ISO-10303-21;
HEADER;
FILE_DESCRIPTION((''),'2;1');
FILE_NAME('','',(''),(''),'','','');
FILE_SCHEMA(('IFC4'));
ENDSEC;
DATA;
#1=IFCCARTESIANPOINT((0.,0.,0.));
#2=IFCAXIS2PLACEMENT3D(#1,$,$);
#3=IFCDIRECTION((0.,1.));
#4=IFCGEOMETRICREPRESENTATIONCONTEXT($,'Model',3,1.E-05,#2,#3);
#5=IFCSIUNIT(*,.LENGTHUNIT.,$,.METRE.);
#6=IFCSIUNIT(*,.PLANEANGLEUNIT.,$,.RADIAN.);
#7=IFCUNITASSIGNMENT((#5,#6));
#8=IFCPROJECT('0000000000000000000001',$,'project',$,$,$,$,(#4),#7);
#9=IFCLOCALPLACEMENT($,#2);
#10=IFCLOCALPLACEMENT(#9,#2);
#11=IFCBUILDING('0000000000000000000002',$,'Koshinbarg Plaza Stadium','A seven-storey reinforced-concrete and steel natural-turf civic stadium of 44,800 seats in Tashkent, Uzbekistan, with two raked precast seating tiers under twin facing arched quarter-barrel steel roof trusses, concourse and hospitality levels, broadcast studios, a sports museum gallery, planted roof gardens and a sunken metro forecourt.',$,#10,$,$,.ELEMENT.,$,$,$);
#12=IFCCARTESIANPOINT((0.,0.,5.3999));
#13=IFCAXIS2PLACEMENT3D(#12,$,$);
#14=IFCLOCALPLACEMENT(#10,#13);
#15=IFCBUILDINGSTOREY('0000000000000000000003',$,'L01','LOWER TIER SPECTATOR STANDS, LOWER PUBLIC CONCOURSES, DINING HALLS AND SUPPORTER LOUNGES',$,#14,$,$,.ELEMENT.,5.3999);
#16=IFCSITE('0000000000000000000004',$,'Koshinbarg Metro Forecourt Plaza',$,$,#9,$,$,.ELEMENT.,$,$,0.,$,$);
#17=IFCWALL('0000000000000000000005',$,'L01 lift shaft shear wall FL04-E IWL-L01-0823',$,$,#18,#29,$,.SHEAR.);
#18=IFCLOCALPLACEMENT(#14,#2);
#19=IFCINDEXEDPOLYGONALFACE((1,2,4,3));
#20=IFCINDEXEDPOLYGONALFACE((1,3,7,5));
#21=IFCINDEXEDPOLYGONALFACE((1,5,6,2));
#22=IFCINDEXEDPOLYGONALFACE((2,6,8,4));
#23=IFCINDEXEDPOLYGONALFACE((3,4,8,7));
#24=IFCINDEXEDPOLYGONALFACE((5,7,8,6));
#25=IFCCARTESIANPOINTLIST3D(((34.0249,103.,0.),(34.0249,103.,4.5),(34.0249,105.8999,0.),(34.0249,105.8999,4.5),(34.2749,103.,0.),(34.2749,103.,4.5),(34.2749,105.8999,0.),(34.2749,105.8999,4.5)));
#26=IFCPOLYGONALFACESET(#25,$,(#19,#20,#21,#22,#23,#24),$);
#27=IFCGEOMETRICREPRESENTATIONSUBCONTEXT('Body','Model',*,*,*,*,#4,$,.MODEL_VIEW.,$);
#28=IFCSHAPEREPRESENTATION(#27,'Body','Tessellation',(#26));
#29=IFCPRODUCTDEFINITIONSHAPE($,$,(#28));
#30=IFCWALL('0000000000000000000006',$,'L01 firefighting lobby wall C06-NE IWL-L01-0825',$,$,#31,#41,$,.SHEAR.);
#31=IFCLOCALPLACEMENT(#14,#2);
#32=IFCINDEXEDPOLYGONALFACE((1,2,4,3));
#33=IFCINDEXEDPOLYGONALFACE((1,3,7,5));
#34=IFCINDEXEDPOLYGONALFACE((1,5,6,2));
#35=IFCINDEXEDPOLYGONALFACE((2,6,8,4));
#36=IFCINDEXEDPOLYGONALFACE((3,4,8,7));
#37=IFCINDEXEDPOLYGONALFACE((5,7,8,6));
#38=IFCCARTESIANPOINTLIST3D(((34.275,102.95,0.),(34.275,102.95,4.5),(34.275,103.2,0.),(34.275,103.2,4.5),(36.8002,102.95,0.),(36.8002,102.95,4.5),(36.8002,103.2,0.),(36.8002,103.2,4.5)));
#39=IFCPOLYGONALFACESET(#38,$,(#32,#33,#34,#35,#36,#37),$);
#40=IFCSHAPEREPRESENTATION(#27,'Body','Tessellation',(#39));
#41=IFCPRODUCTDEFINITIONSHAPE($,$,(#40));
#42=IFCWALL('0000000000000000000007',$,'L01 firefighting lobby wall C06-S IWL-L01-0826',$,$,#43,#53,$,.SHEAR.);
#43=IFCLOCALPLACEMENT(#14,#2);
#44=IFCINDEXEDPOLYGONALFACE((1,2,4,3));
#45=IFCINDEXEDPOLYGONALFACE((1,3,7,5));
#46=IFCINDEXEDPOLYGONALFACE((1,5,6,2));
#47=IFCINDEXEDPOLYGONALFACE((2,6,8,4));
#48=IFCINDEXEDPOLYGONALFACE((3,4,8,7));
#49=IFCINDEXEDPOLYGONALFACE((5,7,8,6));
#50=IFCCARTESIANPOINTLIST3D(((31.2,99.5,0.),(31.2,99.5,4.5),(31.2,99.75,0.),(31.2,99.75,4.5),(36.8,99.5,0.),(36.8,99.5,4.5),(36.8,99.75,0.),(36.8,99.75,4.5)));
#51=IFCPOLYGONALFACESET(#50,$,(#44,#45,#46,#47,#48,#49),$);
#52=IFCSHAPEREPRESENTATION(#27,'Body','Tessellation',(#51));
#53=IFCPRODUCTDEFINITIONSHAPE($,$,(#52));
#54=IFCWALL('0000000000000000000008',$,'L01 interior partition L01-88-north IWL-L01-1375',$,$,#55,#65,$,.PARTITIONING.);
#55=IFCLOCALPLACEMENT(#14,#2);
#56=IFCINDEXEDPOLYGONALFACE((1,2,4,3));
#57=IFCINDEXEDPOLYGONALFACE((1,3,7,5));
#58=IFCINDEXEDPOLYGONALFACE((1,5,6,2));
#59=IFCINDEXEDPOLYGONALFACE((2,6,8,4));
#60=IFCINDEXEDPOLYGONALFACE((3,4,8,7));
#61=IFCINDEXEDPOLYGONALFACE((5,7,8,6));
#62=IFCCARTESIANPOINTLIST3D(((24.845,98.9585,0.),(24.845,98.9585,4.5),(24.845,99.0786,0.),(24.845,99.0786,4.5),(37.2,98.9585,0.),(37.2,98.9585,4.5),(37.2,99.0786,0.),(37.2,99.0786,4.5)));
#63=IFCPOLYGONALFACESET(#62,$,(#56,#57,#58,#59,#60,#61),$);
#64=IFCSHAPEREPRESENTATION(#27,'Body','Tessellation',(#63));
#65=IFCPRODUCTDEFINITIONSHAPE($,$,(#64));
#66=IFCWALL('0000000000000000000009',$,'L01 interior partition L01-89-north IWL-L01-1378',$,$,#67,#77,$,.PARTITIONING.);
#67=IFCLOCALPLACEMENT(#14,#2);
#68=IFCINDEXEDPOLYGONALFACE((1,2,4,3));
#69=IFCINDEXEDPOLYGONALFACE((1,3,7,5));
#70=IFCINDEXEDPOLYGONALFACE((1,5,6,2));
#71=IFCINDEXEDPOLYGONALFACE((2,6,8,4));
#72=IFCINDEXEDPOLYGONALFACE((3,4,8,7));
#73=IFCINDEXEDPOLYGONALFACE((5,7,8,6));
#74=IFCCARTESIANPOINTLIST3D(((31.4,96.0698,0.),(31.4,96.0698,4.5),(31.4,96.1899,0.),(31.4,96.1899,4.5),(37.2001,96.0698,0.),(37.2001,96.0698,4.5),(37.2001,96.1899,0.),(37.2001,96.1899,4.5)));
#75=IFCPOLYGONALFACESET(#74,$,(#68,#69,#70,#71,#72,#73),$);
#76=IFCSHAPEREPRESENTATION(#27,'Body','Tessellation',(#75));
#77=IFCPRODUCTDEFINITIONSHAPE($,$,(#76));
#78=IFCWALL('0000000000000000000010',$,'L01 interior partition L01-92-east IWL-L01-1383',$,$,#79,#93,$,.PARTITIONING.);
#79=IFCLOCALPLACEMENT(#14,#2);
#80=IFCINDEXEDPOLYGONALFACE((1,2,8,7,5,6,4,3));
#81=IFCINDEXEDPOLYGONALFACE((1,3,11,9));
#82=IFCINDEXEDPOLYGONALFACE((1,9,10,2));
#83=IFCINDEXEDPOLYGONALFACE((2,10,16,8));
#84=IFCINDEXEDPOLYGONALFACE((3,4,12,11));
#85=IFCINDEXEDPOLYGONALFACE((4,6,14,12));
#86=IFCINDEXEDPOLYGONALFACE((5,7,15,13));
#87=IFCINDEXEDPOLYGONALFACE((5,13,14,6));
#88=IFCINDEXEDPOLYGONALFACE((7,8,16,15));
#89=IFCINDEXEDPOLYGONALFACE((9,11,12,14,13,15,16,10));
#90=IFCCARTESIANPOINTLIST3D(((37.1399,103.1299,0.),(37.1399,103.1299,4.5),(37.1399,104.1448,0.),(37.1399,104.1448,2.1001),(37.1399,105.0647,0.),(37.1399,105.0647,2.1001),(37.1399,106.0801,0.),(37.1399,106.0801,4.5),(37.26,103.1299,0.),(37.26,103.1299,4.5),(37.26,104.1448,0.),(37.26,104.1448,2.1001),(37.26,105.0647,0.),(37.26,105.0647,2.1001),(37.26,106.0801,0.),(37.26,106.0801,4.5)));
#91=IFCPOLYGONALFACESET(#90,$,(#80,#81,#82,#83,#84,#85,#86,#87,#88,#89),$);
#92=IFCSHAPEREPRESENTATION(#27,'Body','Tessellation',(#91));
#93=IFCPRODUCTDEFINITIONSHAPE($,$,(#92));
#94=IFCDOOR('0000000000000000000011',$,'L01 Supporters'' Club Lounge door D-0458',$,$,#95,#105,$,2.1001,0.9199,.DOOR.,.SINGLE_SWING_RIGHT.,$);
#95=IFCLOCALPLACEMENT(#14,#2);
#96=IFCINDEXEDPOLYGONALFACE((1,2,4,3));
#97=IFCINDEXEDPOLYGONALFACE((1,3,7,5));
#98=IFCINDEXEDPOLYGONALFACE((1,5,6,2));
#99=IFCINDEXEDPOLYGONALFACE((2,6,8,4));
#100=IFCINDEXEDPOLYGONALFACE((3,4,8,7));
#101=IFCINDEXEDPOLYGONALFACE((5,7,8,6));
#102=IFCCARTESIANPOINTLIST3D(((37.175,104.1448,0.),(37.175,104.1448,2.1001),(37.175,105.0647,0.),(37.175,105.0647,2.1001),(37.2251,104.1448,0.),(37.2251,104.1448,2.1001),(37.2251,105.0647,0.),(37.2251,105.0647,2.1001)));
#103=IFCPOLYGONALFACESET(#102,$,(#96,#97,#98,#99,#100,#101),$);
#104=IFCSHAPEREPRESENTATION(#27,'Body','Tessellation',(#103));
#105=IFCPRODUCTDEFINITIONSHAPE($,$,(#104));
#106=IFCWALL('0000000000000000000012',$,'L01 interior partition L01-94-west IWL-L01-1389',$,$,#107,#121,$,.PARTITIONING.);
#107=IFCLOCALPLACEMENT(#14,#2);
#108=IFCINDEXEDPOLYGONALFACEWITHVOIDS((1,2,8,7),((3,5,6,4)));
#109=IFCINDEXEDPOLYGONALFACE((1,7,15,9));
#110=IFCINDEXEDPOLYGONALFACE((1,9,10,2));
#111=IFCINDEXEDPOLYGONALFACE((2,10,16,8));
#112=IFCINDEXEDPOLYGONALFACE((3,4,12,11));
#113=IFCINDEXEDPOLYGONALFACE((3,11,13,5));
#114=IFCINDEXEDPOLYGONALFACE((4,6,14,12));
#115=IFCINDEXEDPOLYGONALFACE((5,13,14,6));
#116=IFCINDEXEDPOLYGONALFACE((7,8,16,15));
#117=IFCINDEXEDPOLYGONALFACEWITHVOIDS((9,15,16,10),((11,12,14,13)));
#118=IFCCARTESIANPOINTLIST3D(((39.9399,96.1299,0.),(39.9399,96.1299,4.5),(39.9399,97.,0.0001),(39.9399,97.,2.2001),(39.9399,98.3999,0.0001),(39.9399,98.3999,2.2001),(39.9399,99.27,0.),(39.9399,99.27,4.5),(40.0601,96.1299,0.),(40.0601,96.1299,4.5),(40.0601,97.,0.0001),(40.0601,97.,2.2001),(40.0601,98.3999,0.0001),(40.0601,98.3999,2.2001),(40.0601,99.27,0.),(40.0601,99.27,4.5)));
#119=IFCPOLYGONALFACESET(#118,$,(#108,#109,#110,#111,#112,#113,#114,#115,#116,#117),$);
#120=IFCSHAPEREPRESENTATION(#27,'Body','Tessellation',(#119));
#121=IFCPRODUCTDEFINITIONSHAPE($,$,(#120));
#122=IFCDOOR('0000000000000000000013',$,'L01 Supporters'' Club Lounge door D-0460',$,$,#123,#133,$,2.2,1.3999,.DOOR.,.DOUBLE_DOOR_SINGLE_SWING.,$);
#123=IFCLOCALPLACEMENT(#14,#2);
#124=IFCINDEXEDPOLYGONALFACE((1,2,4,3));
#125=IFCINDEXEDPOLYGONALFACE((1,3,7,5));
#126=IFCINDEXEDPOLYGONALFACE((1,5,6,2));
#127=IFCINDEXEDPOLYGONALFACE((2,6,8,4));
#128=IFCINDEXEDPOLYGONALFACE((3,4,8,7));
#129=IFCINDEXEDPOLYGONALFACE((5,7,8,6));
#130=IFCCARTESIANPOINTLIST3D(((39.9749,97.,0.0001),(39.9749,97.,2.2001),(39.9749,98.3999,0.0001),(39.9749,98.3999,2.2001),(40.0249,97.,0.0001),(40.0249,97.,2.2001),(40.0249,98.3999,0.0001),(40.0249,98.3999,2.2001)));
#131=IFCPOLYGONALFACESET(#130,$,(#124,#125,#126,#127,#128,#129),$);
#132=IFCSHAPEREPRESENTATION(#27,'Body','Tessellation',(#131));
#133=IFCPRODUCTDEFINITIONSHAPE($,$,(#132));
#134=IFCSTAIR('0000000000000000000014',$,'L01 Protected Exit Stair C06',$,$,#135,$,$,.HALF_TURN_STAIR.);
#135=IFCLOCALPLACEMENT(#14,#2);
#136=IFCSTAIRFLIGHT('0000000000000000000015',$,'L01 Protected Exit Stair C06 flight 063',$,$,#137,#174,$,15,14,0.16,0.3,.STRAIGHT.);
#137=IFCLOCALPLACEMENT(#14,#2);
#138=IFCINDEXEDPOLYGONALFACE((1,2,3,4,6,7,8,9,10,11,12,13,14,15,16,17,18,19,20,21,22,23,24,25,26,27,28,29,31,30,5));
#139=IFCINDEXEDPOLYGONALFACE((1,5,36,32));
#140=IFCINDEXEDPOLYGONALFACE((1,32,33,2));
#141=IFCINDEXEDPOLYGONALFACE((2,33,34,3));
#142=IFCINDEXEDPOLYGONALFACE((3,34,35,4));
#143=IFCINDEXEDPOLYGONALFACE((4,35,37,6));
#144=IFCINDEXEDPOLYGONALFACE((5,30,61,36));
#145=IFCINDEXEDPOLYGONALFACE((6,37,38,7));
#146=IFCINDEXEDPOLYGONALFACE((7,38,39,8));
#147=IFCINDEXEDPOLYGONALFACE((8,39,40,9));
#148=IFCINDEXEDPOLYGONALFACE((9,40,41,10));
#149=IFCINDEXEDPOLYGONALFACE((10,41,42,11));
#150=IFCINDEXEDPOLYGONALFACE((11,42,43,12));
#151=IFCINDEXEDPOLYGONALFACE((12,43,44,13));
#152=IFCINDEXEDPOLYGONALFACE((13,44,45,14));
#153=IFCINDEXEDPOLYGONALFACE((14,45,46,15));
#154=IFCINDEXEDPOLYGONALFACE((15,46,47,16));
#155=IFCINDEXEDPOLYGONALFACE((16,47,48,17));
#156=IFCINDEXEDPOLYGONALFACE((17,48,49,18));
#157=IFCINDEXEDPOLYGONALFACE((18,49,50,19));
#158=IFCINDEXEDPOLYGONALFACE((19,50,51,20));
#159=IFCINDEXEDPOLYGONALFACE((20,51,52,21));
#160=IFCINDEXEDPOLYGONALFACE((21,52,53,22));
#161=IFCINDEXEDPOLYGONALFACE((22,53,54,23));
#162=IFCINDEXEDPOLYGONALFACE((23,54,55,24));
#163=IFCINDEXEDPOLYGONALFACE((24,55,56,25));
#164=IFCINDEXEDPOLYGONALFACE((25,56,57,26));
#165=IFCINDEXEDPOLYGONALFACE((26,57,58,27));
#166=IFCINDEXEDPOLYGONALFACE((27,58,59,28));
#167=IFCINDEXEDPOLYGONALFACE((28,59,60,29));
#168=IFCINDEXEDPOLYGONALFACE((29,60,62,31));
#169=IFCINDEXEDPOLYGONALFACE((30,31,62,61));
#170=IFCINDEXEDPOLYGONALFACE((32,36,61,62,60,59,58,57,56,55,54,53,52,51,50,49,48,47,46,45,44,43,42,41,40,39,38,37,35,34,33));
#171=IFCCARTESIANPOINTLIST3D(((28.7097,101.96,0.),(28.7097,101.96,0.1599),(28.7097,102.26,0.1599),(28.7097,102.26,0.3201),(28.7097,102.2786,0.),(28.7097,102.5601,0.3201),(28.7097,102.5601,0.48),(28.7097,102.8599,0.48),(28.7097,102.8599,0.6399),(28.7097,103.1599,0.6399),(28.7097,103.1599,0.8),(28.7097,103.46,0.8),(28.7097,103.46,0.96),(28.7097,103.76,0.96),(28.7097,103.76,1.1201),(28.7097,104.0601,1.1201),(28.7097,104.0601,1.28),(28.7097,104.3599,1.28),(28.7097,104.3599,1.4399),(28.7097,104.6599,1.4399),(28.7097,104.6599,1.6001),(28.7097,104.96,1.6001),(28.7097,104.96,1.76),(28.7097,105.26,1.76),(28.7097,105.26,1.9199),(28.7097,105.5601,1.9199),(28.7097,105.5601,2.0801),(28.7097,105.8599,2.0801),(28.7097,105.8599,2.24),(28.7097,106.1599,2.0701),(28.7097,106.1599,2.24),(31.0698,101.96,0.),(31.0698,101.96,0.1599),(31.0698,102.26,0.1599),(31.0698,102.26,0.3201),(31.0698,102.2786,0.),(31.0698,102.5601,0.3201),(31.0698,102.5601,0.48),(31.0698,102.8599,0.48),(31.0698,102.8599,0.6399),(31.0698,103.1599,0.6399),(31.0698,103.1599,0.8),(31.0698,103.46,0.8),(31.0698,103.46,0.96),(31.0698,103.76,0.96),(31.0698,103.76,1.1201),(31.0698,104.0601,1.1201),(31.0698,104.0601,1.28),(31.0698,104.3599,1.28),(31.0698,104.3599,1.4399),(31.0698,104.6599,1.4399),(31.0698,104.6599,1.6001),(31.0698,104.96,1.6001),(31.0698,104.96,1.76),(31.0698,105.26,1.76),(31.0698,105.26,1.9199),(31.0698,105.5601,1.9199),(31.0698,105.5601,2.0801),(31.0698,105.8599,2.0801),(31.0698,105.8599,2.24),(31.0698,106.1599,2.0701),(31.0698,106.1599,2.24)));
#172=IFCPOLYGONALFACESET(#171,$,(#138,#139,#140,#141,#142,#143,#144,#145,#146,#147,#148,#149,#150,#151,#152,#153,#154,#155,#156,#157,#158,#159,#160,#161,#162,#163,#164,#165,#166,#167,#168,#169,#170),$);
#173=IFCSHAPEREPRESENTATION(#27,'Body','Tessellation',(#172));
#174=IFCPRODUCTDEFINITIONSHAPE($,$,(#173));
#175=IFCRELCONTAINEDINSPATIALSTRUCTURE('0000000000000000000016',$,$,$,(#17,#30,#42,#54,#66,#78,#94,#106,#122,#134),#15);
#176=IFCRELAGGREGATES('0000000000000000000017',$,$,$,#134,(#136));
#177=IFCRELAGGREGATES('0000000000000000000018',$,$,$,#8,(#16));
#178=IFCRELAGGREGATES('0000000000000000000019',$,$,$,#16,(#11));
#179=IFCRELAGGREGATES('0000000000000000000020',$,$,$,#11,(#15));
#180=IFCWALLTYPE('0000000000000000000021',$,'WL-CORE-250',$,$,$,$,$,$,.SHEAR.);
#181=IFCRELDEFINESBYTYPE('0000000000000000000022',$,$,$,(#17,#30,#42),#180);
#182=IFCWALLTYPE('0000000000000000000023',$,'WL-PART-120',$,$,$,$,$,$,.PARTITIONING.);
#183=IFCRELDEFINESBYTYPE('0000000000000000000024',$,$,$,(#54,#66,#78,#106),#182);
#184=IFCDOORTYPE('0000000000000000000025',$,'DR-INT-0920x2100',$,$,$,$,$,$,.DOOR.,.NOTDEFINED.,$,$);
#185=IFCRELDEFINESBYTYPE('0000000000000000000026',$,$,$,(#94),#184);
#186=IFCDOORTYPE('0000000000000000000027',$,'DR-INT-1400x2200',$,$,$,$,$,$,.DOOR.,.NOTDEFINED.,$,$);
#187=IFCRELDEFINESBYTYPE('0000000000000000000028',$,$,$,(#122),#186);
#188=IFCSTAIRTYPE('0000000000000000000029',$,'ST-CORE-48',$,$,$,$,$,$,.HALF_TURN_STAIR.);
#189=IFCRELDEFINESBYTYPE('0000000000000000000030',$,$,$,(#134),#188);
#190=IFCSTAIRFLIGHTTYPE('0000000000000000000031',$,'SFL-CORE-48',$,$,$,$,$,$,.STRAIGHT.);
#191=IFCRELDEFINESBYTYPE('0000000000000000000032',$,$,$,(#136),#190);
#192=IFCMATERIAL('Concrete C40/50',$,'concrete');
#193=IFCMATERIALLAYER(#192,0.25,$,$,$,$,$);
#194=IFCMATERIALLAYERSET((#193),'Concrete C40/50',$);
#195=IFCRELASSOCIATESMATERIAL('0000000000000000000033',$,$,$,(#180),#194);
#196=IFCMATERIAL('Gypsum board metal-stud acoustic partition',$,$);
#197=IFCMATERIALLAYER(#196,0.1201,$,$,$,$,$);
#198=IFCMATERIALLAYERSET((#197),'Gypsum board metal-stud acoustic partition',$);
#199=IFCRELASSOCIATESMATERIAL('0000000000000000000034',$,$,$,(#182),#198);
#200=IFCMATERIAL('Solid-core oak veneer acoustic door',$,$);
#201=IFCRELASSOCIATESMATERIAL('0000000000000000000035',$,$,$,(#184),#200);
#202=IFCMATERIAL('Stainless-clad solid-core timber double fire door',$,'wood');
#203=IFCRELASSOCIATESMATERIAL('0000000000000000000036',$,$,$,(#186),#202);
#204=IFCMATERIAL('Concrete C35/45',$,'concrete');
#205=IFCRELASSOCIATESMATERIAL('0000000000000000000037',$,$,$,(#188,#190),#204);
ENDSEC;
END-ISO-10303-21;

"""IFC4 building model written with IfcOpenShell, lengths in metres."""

from ifc_helpers import new_model, si_unit, direction, frame, frame_2d, origin, place, context, subcontext, project, spatial, polyline, rectangle, outline, extrude, material, layer, layer_set, type_object, element, fill, aggregate, save


model = new_model("IFC4")

# Units and contexts
model_context = context("Model", 3, precision=1e-05, world=origin(), true_north=direction((0.0, 1.0)))
body_context = subcontext(model_context, "Body", "Model", "MODEL_VIEW")
ifc_project = project(units=[si_unit("LENGTHUNIT", "METRE"), si_unit("PLANEANGLEUNIT", "RADIAN")], contexts=[model_context])

# Site, building, storey
site_placement = place(None, origin())
site = spatial("IfcSite", under=ifc_project, at=site_placement, Name="Koshinbarg Metro Forecourt Plaza", CompositionType="ELEMENT", RefElevation=0.0)
building_placement = place(site_placement, origin())
building = spatial("IfcBuilding", under=site, at=building_placement, Name="Koshinbarg Plaza Stadium", Description="A seven-storey reinforced-concrete and steel natural-turf civic stadium of 44,800 seats in Tashkent, Uzbekistan, with two raked precast seating tiers under twin facing arched quarter-barrel steel roof trusses, concourse and hospitality levels, broadcast studios, a sports museum gallery, planted roof gardens and a sunken metro forecourt.", CompositionType="ELEMENT")
storey_placement = place(building_placement, frame((0.0, 0.0, 5.3999)))
storey = spatial("IfcBuildingStorey", under=building, at=storey_placement, Name="L01", Description="LOWER TIER SPECTATOR STANDS, LOWER PUBLIC CONCOURSES, DINING HALLS AND SUPPORTER LOUNGES", CompositionType="ELEMENT", Elevation=5.3999)

# Shared definitions
ifc_material_1 = material(Name="Concrete C40/50", Category="concrete")

# Shared definitions
ifc_layer_1 = layer(ifc_material_1, 0.25)
ifc_layer_set_1 = layer_set([ifc_layer_1], Name="Concrete C40/50")
wall_type_1 = type_object("IfcWallType", Name="WL-CORE-250", PredefinedType="SHEAR", material=ifc_layer_set_1)

# Wall
wall_1_placement = place(storey_placement, frame((34.1499, 103.0, 0.0), z_axis=(0.0, 0.0, 1.0), x_axis=(0.0, 1.0, 0.0)))
element("IfcWall", 1, at=wall_1_placement, inside=storey, type_object=wall_type_1, Name="L01 lift shaft shear wall FL04-E IWL-L01-0823", PredefinedType="SHEAR", context=body_context, shape_type="SweptSolid", body=[
    extrude(rectangle(XDim=2.8999, YDim=0.25, at=frame_2d((1.45, 0.0))), origin(), (0.0, 0.0, 1.0), 4.5),
])

# Walls
wall_2_placement = place(storey_placement, frame((34.2749, 103.075, 0.0), z_axis=(0.0, 0.0, 1.0), x_axis=(1.0, 0.0, 0.0)))
element("IfcWall", 2, at=wall_2_placement, inside=storey, type_object=wall_type_1, Name="L01 firefighting lobby wall C06-NE IWL-L01-0825", PredefinedType="SHEAR", context=body_context, shape_type="SweptSolid", body=[
    extrude(rectangle(XDim=2.5251, YDim=0.25, at=frame_2d((1.2627, 0.0))), origin(), (0.0, 0.0, 1.0), 4.5),
])
wall_3_placement = place(storey_placement, frame((31.2, 99.625, 0.0), z_axis=(0.0, 0.0, 1.0), x_axis=(1.0, 0.0, 0.0)))
element("IfcWall", 3, at=wall_3_placement, inside=storey, type_object=wall_type_1, Name="L01 firefighting lobby wall C06-S IWL-L01-0826", PredefinedType="SHEAR", context=body_context, shape_type="SweptSolid", body=[
    extrude(rectangle(XDim=5.6001, YDim=0.25, at=frame_2d((2.8, 0.0))), origin(), (0.0, 0.0, 1.0), 4.5),
])
ifc_material_2 = material(Name="Gypsum board metal-stud acoustic partition")
ifc_layer_2 = layer(ifc_material_2, 0.1201)
ifc_layer_set_2 = layer_set([ifc_layer_2], Name="Gypsum board metal-stud acoustic partition")
wall_type_2 = type_object("IfcWallType", Name="WL-PART-120", PredefinedType="PARTITIONING", material=ifc_layer_set_2)
wall_4_placement = place(storey_placement, frame((37.2, 99.0186, 0.0), z_axis=(0.0, 0.0, 1.0), x_axis=(-1.0, 0.0, 0.0)))
element("IfcWall", 4, at=wall_4_placement, inside=storey, type_object=wall_type_2, Name="L01 interior partition L01-88-north IWL-L01-1375", PredefinedType="PARTITIONING", context=body_context, shape_type="SweptSolid", body=[
    extrude(rectangle(XDim=12.355, YDim=0.1201, at=frame_2d((6.1775, 0.0))), origin(), (0.0, 0.0, 1.0), 4.5),
])
wall_5_placement = place(storey_placement, frame((37.2, 96.1299, 0.0), z_axis=(0.0, 0.0, 1.0), x_axis=(-1.0, 0.0, 0.0)))
element("IfcWall", 5, at=wall_5_placement, inside=storey, type_object=wall_type_2, Name="L01 interior partition L01-89-north IWL-L01-1378", PredefinedType="PARTITIONING", context=body_context, shape_type="SweptSolid", body=[
    extrude(rectangle(XDim=5.8, YDim=0.1201, at=frame_2d((2.8999, 0.0))), origin(), (0.0, 0.0, 1.0), 4.5),
])

# Walls, openings, doors
wall_6_placement = place(storey_placement, frame((37.2, 103.1299, 0.0), z_axis=(0.0, 0.0, 1.0), x_axis=(0.0, 1.0, 0.0)))
wall_6 = element("IfcWall", 6, at=wall_6_placement, inside=storey, type_object=wall_type_2, Name="L01 interior partition L01-92-east IWL-L01-1383", PredefinedType="PARTITIONING", context=body_context, shape_type="SweptSolid", body=[
    extrude(rectangle(XDim=2.9502, YDim=0.1201, at=frame_2d((1.4751, 0.0))), origin(), (0.0, 0.0, 1.0), 4.5),
])
opening_1_placement = place(wall_6_placement, frame((1.0149, 0.0, 0.0)))
opening_1 = element("IfcOpeningElement", 7, at=opening_1_placement, cuts=wall_6, PredefinedType="OPENING", context=body_context, shape_type="SweptSolid", body=[
    extrude(rectangle(XDim=0.9199, YDim=2.1001, at=frame_2d((0.46, 1.05))), frame((0.0, 0.0701, 0.0), z_axis=(0.0, -1.0, 0.0), x_axis=(1.0, 0.0, 0.0)), (0.0, 0.0, 1.0), 0.1401),
])
ifc_material_3 = material(Name="Solid-core oak veneer acoustic door")
door_type_1 = type_object("IfcDoorType", Name="DR-INT-0920x2100", OperationType="NOTDEFINED", PredefinedType="DOOR", material=ifc_material_3)
door_1_placement = place(opening_1_placement, origin())
door_1 = element("IfcDoor", 8, at=door_1_placement, inside=storey, type_object=door_type_1, Name="L01 Supporters' Club Lounge door D-0458", OperationType="SINGLE_SWING_RIGHT", OverallHeight=2.1001, OverallWidth=0.9199, PredefinedType="DOOR", context=body_context, shape_type="SweptSolid", body=[
    extrude(rectangle(XDim=0.9199, YDim=2.1001, at=frame_2d((0.46, 1.05))), frame((0.0, 0.0249, 0.0), z_axis=(0.0, -1.0, 0.0), x_axis=(1.0, 0.0, 0.0)), (0.0, 0.0, 1.0), 0.05),
])
fill(opening_1, door_1)
wall_7_placement = place(storey_placement, frame((40.0, 99.27, 0.0), z_axis=(0.0, 0.0, 1.0), x_axis=(0.0, -1.0, 0.0)))
wall_7 = element("IfcWall", 9, at=wall_7_placement, inside=storey, type_object=wall_type_2, Name="L01 interior partition L01-94-west IWL-L01-1389", PredefinedType="PARTITIONING", context=body_context, shape_type="SweptSolid", body=[
    extrude(rectangle(XDim=3.1401, YDim=0.1201, at=frame_2d((1.5701, 0.0))), origin(), (0.0, 0.0, 1.0), 4.5),
])
opening_2_placement = place(wall_7_placement, frame((0.8701, 0.0, 0.0)))
opening_2 = element("IfcOpeningElement", 10, at=opening_2_placement, cuts=wall_7, PredefinedType="OPENING", context=body_context, shape_type="SweptSolid", body=[
    extrude(rectangle(XDim=1.3999, YDim=2.2, at=frame_2d((0.7, 1.1001))), frame((0.0, 0.0701, 0.0), z_axis=(0.0, -1.0, 0.0), x_axis=(1.0, 0.0, 0.0)), (0.0, 0.0, 1.0), 0.1401),
])
ifc_material_4 = material(Name="Stainless-clad solid-core timber double fire door", Category="wood")
door_type_2 = type_object("IfcDoorType", Name="DR-INT-1400x2200", OperationType="NOTDEFINED", PredefinedType="DOOR", material=ifc_material_4)
door_2_placement = place(opening_2_placement, origin())
door_2 = element("IfcDoor", 11, at=door_2_placement, inside=storey, type_object=door_type_2, Name="L01 Supporters' Club Lounge door D-0460", OperationType="DOUBLE_DOOR_SINGLE_SWING", OverallHeight=2.2, OverallWidth=1.3999, PredefinedType="DOOR", context=body_context, shape_type="SweptSolid", body=[
    extrude(rectangle(XDim=1.3999, YDim=2.2, at=frame_2d((0.7, 1.1001))), frame((0.0, 0.0249, 0.0), z_axis=(0.0, -1.0, 0.0), x_axis=(1.0, 0.0, 0.0)), (0.0, 0.0, 1.0), 0.05),
])
fill(opening_2, door_2)

# Stair, stair flight
ifc_material_5 = material(Name="Concrete C35/45", Category="concrete")
stair_type_1 = type_object("IfcStairType", Name="ST-CORE-48", PredefinedType="HALF_TURN_STAIR", material=ifc_material_5)
stair_1_placement = place(storey_placement, origin())
stair_1 = element("IfcStair", 12, at=stair_1_placement, inside=storey, type_object=stair_type_1, Name="L01 Protected Exit Stair C06", PredefinedType="HALF_TURN_STAIR")
stair_flight_type = type_object("IfcStairFlightType", Name="SFL-CORE-48", PredefinedType="STRAIGHT", material=ifc_material_5)
stair_flight_1_placement = place(storey_placement, frame((29.8899, 101.96, 0.0), z_axis=(0.0, 0.0, 1.0), x_axis=(0.0, 1.0, 0.0)))
stair_flight_1 = element("IfcStairFlight", 13, at=stair_flight_1_placement, type_object=stair_flight_type, Name="L01 Protected Exit Stair C06 flight 063", NumberOfRisers=15, NumberOfTreads=14, PredefinedType="STRAIGHT", RiserHeight=0.16, TreadLength=0.3, context=body_context, shape_type="SweptSolid", body=[
    extrude(outline(polyline([(0.0, 0.0), (0.0, 0.1599), (0.3, 0.1599), (0.3, 0.3201), (0.6001, 0.3201), (0.6001, 0.48), (0.8999, 0.48), (0.8999, 0.6399), (1.2, 0.6399), (1.2, 0.8), (1.5, 0.8), (1.5, 0.96), (1.8, 0.96), (1.8, 1.1201), (2.1001, 1.1201), (2.1001, 1.28), (2.3999, 1.28), (2.3999, 1.4399), (2.7, 1.4399), (2.7, 1.6001), (3.0, 1.6001), (3.0, 1.76), (3.3, 1.76), (3.3, 1.9199), (3.6001, 1.9199), (3.6001, 2.0801), (3.8999, 2.0801), (3.8999, 2.24), (4.2, 2.24), (4.2, 2.3999), (4.2, 2.0701), (0.3186, 0.0), (0.0, 0.0)])), frame((0.0, 1.1802, 0.0), z_axis=(0.0, -1.0, 0.0), x_axis=(1.0, 0.0, 0.0)), (0.0, 0.0, 1.0), 2.3601),
])
aggregate(stair_1, [stair_flight_1])

save(model, "model.ifc")
